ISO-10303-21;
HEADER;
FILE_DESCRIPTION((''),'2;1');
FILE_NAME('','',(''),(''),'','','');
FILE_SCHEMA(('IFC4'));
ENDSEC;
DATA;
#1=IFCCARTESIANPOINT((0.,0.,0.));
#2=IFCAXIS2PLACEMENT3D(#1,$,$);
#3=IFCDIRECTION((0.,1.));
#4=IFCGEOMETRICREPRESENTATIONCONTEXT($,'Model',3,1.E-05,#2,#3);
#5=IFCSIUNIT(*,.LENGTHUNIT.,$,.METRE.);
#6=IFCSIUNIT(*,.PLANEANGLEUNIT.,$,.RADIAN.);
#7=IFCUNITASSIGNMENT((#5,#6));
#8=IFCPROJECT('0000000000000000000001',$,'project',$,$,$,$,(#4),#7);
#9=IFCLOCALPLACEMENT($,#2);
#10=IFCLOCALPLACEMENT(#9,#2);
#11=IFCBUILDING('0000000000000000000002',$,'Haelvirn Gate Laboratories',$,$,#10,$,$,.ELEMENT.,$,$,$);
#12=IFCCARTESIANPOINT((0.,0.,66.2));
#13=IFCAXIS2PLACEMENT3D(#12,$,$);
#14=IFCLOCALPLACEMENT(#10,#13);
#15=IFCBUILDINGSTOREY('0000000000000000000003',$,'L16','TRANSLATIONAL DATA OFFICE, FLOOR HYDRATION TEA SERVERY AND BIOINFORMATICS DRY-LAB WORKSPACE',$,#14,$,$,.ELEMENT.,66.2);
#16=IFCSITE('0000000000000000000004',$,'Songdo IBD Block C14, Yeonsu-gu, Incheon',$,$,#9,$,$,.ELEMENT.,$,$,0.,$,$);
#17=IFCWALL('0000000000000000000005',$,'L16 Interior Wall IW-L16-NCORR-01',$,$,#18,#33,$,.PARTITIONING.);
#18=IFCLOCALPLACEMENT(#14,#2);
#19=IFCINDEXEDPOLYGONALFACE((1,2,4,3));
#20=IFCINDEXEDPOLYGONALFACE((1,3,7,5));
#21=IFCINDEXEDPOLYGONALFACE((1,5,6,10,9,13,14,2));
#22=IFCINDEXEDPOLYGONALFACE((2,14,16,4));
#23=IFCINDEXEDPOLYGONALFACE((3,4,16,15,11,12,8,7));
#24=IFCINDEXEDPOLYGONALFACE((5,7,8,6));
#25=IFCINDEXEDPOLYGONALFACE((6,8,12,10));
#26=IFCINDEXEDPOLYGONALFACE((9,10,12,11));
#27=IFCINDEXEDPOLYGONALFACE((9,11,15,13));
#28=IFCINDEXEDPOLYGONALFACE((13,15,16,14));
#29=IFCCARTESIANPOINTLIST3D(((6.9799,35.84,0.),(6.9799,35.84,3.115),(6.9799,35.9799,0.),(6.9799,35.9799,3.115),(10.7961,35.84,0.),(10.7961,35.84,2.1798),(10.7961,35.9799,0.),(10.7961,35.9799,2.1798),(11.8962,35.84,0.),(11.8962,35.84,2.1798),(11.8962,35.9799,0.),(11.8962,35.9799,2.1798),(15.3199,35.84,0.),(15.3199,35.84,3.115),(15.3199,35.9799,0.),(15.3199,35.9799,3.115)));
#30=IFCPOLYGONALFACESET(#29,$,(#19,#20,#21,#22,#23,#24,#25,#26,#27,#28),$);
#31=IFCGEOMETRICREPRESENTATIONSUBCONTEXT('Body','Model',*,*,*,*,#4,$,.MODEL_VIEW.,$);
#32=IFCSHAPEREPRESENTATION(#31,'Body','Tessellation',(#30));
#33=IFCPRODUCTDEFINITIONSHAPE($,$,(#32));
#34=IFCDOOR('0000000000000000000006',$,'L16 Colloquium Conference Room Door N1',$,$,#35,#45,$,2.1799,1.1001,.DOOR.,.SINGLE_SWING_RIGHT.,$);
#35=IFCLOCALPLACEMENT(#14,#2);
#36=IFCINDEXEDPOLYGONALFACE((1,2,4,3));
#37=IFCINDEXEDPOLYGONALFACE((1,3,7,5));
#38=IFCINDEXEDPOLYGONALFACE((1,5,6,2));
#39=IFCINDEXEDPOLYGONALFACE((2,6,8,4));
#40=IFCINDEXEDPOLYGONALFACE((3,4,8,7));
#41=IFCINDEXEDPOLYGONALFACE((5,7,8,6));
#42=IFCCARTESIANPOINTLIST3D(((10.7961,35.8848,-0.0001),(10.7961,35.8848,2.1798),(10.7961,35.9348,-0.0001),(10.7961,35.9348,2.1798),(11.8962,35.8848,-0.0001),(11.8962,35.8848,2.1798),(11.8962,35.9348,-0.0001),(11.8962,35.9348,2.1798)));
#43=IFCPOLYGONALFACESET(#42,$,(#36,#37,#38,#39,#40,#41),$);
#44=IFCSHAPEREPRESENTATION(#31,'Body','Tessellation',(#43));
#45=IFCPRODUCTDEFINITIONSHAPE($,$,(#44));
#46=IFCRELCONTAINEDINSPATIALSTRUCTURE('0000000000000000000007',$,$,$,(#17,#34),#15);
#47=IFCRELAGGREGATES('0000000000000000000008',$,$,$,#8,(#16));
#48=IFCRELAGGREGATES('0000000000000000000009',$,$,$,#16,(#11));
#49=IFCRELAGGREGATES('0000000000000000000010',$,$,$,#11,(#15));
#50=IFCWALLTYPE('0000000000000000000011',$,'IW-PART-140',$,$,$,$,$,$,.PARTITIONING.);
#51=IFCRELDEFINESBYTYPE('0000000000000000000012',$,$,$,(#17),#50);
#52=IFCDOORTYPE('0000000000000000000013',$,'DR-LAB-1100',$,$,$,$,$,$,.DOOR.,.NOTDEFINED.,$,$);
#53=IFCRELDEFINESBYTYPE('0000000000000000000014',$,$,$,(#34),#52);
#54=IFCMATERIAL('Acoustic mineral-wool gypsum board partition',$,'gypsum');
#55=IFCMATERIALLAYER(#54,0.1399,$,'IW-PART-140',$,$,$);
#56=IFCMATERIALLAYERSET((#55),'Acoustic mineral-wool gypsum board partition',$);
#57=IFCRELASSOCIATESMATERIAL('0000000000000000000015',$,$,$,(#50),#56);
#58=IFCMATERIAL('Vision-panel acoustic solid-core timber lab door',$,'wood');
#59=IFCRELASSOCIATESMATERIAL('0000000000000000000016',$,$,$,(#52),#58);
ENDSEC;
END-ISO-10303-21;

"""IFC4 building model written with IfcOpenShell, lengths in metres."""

from ifc_helpers import new_model, si_unit, direction, frame, frame_2d, origin, place, context, subcontext, project, spatial, rectangle, extrude, source, transform, mapped, material, layer, layer_set, type_object, type_shapes, element, fill, save


model = new_model("IFC4")

# Units and contexts
model_context = context("Model", 3, precision=1e-05, world=origin(), true_north=direction((0.0, 1.0)))
body_context = subcontext(model_context, "Body", "Model", "MODEL_VIEW")
ifc_project = project(units=[si_unit("LENGTHUNIT", "METRE"), si_unit("PLANEANGLEUNIT", "RADIAN")], contexts=[model_context])

# Site, building, storey
site_placement = place(None, origin())
site = spatial("IfcSite", under=ifc_project, at=site_placement, Name="Songdo IBD Block C14, Yeonsu-gu, Incheon", CompositionType="ELEMENT", RefElevation=0.0)
building_placement = place(site_placement, origin())
building = spatial("IfcBuilding", under=site, at=building_placement, Name="Haelvirn Gate Laboratories", CompositionType="ELEMENT")
storey_placement = place(building_placement, frame((0.0, 0.0, 66.2)))
storey = spatial("IfcBuildingStorey", under=building, at=storey_placement, Name="L16", Description="TRANSLATIONAL DATA OFFICE, FLOOR HYDRATION TEA SERVERY AND BIOINFORMATICS DRY-LAB WORKSPACE", CompositionType="ELEMENT", Elevation=66.2)

# Wall, opening, door
ifc_material_1 = material(Name="Acoustic mineral-wool gypsum board partition", Category="gypsum")
ifc_layer_1 = layer(ifc_material_1, 0.1399, Name="IW-PART-140")
ifc_layer_set_1 = layer_set([ifc_layer_1], Name="Acoustic mineral-wool gypsum board partition")
wall_type_1 = type_object("IfcWallType", Name="IW-PART-140", PredefinedType="PARTITIONING", material=ifc_layer_set_1)
wall_1_placement = place(storey_placement, frame((6.98, 35.9099, 0.0), z_axis=(0.0, 0.0, 1.0), x_axis=(1.0, 0.0, 0.0)))
wall_1 = element("IfcWall", 1, at=wall_1_placement, inside=storey, type_object=wall_type_1, Name="L16 Interior Wall IW-L16-NCORR-01", PredefinedType="PARTITIONING", context=body_context, shape_type="SweptSolid", body=[
    extrude(rectangle(XDim=8.3401, YDim=0.1399, at=frame_2d((4.1699, 0.0))), origin(), (0.0, 0.0, 1.0), 3.115),
])
opening_1_placement = place(wall_1_placement, frame((3.8162, 0.0, 0.0)))
opening_1 = element("IfcOpeningElement", 2, at=opening_1_placement, cuts=wall_1, PredefinedType="OPENING", context=body_context, shape_type="SweptSolid", body=[
    extrude(rectangle(XDim=1.1001, YDim=2.1799, at=frame_2d((0.55, 1.0898))), frame((0.0, 0.0801, 0.0), z_axis=(0.0, -1.0, 0.0), x_axis=(1.0, 0.0, 0.0)), (0.0, 0.0, 1.0), 0.1599),
])
ifc_material_2 = material(Name="Vision-panel acoustic solid-core timber lab door", Category="wood")
door_type_1 = type_object("IfcDoorType", Name="DR-LAB-1100", OperationType="NOTDEFINED", PredefinedType="DOOR", material=ifc_material_2)
shared_shape_1 = source(origin(), body_context, "Body", "SweptSolid", [
    extrude(rectangle(XDim=1.1001, YDim=2.1799, at=frame_2d((0.55, 1.0898))), frame((0.0, 0.0249, 0.0), z_axis=(0.0, -1.0, 0.0), x_axis=(1.0, 0.0, 0.0)), (0.0, 0.0, 1.0), 0.05),
])
type_shapes(door_type_1, [shared_shape_1])
door_1_placement = place(opening_1_placement, origin())
door_1 = element("IfcDoor", 3, at=door_1_placement, inside=storey, type_object=door_type_1, Name="L16 Colloquium Conference Room Door N1", OperationType="SINGLE_SWING_RIGHT", OverallHeight=2.1799, OverallWidth=1.1001, PredefinedType="DOOR", context=body_context, shape_type="MappedRepresentation", body=[
    mapped(shared_shape_1, transform((0.0, 0.0, 0.0), scale=1.0)),
])
fill(opening_1, door_1)

save(model, "model.ifc")
